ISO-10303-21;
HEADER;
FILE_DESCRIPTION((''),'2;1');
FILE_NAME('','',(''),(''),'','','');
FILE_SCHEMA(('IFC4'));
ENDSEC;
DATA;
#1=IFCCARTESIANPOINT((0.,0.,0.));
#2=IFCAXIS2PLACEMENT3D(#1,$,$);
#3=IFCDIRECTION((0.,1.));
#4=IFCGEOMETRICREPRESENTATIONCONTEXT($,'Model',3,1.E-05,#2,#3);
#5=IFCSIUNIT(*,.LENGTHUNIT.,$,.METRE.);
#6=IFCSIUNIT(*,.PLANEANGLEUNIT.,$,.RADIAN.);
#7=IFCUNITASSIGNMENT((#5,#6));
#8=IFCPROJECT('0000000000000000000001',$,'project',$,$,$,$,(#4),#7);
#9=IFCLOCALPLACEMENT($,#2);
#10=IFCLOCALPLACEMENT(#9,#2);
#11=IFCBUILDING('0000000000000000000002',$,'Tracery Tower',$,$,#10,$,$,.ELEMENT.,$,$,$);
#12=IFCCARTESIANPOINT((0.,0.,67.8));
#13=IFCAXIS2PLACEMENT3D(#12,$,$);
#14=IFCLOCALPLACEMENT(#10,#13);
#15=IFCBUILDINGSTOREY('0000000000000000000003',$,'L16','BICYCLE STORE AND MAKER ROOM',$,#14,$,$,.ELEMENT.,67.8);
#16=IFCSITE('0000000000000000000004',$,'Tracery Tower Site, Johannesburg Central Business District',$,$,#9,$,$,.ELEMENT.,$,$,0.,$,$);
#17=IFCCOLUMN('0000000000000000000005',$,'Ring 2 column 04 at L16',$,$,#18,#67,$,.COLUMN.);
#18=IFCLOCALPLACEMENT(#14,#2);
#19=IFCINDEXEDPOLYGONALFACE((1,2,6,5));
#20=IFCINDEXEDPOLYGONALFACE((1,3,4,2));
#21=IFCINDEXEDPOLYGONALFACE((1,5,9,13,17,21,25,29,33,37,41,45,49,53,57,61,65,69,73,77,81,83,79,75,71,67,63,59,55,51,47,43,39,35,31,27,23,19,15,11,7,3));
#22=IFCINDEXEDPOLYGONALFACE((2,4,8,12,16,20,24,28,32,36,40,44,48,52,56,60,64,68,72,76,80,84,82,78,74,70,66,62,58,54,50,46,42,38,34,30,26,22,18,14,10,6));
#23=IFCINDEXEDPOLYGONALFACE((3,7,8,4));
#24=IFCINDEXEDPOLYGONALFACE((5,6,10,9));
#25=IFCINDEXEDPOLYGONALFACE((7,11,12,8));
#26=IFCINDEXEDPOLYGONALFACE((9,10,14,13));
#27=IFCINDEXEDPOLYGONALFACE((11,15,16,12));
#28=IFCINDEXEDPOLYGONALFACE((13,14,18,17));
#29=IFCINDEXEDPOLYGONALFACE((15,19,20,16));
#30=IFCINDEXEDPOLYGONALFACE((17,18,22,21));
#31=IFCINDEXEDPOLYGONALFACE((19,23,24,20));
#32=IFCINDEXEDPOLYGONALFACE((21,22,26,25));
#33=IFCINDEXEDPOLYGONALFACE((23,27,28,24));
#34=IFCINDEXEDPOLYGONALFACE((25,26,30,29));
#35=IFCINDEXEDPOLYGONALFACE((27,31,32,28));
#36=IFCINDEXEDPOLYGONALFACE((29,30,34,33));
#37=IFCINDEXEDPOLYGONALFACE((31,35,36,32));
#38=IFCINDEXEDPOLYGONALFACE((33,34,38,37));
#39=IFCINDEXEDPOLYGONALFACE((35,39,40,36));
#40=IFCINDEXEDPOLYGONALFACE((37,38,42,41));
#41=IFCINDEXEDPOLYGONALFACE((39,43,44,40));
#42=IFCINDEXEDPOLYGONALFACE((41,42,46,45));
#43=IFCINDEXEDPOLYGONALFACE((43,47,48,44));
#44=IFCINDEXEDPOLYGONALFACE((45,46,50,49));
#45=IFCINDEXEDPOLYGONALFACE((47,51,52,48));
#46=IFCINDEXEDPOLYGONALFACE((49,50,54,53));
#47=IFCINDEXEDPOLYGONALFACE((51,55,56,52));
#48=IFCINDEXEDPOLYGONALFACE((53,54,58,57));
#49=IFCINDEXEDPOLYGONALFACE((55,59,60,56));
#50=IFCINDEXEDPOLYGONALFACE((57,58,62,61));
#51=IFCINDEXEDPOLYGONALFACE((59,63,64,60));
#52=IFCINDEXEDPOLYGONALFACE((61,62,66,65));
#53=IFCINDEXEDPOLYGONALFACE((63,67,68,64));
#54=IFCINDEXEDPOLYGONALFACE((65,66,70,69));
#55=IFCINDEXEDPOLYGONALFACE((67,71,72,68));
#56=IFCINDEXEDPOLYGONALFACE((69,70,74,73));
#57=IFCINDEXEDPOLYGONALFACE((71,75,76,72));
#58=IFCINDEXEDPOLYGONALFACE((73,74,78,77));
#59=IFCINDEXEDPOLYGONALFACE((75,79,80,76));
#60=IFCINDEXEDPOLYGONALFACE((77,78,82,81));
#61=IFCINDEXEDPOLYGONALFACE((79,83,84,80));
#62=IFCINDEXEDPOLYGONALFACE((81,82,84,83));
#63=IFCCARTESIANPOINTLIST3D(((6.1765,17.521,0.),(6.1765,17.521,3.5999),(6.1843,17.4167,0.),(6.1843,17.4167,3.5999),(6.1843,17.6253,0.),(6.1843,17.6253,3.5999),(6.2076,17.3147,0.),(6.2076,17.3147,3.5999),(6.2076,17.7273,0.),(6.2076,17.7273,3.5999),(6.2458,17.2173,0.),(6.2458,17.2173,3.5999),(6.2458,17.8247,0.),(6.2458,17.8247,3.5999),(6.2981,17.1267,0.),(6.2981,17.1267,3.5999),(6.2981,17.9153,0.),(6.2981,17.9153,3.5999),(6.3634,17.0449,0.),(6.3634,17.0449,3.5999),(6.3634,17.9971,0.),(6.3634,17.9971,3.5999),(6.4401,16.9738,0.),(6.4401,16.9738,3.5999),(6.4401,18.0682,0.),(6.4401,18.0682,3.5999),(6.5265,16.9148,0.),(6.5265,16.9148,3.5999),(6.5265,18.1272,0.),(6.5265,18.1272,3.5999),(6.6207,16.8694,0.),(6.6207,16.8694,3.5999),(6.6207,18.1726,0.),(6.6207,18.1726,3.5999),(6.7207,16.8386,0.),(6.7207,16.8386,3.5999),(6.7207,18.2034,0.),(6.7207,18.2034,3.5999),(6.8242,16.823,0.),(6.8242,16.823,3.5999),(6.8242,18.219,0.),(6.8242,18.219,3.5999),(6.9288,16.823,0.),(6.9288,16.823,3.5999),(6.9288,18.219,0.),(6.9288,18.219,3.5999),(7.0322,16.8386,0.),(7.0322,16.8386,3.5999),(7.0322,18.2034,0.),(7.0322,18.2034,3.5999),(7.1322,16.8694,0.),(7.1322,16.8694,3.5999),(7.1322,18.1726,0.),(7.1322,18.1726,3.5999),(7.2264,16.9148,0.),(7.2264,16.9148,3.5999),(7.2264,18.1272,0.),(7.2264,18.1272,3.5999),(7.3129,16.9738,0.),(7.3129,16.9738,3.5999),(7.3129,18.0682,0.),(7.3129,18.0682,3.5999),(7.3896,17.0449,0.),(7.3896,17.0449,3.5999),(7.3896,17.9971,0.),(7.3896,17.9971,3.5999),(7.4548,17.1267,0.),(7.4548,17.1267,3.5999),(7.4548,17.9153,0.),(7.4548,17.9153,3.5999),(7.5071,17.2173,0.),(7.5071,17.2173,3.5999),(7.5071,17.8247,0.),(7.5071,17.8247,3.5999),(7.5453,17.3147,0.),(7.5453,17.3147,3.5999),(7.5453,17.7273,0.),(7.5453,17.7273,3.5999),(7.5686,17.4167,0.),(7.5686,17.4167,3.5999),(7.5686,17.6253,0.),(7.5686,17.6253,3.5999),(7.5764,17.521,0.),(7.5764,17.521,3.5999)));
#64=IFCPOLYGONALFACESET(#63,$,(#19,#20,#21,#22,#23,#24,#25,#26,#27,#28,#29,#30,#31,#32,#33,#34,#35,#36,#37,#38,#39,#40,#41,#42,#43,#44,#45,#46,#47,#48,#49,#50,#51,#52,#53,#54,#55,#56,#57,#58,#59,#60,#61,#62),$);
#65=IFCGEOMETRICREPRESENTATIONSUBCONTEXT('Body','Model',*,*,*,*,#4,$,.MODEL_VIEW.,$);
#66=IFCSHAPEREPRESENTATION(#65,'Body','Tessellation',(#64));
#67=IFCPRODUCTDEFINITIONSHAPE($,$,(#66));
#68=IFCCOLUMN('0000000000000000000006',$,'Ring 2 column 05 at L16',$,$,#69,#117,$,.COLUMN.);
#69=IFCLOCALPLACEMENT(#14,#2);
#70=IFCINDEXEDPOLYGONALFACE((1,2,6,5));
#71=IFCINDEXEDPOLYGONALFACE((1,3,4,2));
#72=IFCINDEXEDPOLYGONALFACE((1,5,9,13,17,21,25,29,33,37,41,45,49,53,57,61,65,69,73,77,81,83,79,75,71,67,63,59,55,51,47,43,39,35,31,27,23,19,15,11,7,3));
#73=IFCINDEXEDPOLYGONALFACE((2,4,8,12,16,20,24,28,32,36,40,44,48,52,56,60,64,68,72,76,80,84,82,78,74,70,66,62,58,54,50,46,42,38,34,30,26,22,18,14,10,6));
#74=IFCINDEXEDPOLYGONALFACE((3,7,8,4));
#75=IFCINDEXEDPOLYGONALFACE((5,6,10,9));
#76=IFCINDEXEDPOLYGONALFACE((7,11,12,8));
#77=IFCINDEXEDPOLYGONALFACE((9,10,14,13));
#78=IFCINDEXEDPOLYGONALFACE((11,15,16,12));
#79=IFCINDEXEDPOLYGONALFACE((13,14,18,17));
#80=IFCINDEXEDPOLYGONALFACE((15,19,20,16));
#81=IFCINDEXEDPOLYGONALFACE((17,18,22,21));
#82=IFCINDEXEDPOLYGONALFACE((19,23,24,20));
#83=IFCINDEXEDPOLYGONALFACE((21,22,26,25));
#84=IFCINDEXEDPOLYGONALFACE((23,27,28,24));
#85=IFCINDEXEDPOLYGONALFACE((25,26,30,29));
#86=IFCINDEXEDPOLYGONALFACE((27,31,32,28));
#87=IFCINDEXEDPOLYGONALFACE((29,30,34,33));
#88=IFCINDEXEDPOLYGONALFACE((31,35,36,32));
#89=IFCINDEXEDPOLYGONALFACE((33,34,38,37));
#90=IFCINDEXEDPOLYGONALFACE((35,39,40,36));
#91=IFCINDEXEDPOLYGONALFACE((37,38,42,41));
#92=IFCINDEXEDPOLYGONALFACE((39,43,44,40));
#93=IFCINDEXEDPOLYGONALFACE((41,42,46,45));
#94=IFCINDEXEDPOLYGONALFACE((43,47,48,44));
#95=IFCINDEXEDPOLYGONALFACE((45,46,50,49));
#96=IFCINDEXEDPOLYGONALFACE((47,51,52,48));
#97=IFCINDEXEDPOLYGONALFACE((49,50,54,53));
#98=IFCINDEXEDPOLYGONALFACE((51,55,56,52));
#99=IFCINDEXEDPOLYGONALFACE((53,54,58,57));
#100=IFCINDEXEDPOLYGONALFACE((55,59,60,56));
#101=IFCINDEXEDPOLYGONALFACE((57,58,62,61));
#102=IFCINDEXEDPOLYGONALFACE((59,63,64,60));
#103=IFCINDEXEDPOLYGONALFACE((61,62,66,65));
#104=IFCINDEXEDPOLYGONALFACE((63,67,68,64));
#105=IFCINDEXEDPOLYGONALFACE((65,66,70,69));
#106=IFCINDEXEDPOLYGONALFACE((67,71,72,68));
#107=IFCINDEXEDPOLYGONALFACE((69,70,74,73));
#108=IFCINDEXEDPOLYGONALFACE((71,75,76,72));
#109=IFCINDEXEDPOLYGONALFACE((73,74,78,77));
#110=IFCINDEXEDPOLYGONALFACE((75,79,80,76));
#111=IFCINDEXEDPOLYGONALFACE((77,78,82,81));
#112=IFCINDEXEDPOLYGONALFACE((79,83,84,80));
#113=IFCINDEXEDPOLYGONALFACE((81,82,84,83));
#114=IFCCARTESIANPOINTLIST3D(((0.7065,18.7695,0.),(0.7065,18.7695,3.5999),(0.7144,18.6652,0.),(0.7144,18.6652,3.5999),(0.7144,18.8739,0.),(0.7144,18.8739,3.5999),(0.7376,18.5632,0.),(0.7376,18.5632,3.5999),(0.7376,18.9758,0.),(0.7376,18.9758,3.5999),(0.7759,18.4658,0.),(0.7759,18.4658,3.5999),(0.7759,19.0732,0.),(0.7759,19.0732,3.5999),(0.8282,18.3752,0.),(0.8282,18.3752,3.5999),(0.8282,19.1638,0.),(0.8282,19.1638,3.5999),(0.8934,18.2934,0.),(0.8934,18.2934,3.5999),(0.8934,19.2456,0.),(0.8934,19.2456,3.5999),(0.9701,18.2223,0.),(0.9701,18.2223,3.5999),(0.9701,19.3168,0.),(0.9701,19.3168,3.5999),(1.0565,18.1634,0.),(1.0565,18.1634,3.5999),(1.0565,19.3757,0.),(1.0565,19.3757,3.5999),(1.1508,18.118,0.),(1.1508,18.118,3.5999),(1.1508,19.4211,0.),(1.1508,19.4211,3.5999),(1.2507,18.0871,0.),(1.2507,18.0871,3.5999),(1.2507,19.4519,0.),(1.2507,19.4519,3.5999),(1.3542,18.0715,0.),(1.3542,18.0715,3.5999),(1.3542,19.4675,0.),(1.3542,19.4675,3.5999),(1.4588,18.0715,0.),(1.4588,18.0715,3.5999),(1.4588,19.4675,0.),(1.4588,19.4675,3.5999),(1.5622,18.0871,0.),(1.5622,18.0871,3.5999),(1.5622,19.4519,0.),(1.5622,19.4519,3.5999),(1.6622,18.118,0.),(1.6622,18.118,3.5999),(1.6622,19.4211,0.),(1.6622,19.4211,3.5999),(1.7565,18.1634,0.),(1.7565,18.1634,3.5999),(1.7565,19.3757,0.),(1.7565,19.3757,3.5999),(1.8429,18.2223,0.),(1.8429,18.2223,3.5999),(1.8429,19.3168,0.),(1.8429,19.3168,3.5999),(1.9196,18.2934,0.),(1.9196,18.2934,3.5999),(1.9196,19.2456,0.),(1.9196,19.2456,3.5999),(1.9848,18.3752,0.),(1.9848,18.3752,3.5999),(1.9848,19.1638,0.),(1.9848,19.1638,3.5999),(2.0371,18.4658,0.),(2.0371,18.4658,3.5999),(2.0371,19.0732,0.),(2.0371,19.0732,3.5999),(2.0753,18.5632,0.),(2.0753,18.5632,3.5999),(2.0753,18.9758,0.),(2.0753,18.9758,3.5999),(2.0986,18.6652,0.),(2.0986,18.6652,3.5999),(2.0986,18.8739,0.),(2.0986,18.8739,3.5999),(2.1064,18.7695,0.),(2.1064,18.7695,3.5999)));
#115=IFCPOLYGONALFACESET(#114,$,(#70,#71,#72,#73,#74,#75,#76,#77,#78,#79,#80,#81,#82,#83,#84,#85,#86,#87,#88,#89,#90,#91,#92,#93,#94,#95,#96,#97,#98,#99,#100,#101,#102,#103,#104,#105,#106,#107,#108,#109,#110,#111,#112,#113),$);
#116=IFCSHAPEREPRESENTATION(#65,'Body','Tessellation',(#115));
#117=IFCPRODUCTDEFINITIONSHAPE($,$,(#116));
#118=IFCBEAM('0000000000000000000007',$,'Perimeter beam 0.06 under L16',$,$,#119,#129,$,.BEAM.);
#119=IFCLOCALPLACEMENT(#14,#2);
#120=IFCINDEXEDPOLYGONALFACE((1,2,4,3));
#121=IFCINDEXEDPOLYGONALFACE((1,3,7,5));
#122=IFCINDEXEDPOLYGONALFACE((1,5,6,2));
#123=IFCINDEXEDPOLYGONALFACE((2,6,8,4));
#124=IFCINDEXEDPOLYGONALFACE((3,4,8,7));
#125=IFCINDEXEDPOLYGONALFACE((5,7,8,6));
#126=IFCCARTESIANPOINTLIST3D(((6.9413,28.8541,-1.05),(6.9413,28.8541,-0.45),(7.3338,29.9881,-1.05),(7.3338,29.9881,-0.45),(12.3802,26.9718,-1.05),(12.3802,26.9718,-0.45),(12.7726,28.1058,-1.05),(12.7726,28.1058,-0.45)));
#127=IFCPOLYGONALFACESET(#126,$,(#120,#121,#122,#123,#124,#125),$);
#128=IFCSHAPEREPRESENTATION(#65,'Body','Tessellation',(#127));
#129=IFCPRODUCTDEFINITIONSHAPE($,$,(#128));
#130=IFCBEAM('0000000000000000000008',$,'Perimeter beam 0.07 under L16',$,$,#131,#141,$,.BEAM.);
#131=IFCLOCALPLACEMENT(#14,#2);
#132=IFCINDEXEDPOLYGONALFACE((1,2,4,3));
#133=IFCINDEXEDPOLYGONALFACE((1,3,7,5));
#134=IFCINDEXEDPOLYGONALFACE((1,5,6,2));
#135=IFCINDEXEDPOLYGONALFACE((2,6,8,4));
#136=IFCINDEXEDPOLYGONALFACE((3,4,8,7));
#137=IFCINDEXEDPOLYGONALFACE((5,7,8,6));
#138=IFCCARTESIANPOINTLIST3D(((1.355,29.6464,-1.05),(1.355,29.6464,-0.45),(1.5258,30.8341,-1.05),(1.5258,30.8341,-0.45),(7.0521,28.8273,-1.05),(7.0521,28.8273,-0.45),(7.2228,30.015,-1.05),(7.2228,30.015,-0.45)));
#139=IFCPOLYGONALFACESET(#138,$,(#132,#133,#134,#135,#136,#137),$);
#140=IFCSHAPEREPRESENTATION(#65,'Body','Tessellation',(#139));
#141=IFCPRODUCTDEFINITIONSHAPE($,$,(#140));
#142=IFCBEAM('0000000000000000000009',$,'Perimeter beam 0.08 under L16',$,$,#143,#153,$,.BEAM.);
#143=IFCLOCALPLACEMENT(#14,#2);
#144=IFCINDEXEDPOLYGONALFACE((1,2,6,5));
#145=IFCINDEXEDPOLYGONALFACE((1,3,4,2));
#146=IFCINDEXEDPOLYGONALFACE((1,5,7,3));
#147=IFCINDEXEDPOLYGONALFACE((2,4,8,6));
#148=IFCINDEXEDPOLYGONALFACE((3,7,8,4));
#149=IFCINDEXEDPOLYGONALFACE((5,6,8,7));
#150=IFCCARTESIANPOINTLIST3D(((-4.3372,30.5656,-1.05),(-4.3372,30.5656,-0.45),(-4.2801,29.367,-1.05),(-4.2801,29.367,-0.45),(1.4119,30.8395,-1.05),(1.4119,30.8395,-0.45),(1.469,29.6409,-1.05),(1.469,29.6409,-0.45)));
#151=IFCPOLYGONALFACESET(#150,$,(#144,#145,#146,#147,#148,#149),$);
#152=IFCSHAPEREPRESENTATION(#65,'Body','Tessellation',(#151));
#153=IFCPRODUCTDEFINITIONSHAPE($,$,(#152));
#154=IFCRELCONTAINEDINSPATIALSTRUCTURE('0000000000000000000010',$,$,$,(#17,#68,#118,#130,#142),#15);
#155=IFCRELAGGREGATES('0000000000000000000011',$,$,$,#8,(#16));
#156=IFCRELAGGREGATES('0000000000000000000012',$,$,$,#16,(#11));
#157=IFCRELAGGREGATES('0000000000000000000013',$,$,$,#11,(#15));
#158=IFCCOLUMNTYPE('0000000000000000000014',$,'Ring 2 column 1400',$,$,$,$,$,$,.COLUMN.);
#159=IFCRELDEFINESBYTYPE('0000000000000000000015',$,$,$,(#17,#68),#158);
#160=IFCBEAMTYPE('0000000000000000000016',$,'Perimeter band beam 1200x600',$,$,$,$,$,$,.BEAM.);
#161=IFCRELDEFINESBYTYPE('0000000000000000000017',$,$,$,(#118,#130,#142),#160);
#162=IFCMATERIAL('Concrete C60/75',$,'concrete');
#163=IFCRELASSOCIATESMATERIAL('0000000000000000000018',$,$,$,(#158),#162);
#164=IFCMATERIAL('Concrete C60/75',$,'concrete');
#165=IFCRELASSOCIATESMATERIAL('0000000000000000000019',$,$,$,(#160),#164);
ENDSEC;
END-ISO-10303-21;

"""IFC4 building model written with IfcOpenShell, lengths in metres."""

from ifc_helpers import new_model, si_unit, direction, frame, origin, origin_2d, place, context, subcontext, project, spatial, rectangle, circle, extrude, material, material_profile, profile_set, type_object, element, save


model = new_model("IFC4")

# Units and contexts
model_context = context("Model", 3, precision=1e-05, world=origin(), true_north=direction((0.0, 1.0)))
body_context = subcontext(model_context, "Body", "Model", "MODEL_VIEW")
ifc_project = project(units=[si_unit("LENGTHUNIT", "METRE"), si_unit("PLANEANGLEUNIT", "RADIAN")], contexts=[model_context])

# Site, building, storey
site_placement = place(None, origin())
site = spatial("IfcSite", under=ifc_project, at=site_placement, Name="Tracery Tower Site, Johannesburg Central Business District", CompositionType="ELEMENT", RefElevation=0.0)
building_placement = place(site_placement, origin())
building = spatial("IfcBuilding", under=site, at=building_placement, Name="Tracery Tower", CompositionType="ELEMENT")
storey_placement = place(building_placement, frame((0.0, 0.0, 67.8)))
storey = spatial("IfcBuildingStorey", under=building, at=storey_placement, Name="L16", Description="BICYCLE STORE AND MAKER ROOM", CompositionType="ELEMENT", Elevation=67.8)

# Columns
ifc_material_1 = material(Name="Concrete C60/75", Category="concrete")
ifc_material_profile_1 = material_profile(ifc_material_1, circle(Radius=0.7, at=origin_2d()), Name="RC D1400")
ifc_profile_set_1 = profile_set([ifc_material_profile_1], Name="Concrete C60/75")
column_type_1 = type_object("IfcColumnType", Name="Ring 2 column 1400", PredefinedType="COLUMN", material=ifc_profile_set_1)
for number, where, z_axis, x_axis, name in (
    (1, (6.8765, 17.521, 0.0), (0.0, 0.0, 1.0), (1.0, 0.0, 0.0), "Ring 2 column 04 at L16"),
    (2, (1.4065, 18.7695, 0.0), (0.0, 0.0, 1.0), (1.0, 0.0, 0.0), "Ring 2 column 05 at L16"),
):
    element("IfcColumn", number, at=place(storey_placement, frame(where, z_axis=z_axis, x_axis=x_axis)), inside=storey, type_object=column_type_1, Name=name, PredefinedType="COLUMN", context=body_context, shape_type="SweptSolid", body=[
        extrude(circle(Radius=0.7, at=origin_2d()), origin(), (0.0, 0.0, 1.0), 3.5999),
    ])

# Beams
ifc_material_2 = material(Name="Concrete C60/75", Category="concrete")
ifc_material_profile_2 = material_profile(ifc_material_2, rectangle(XDim=1.2, YDim=0.6001, at=origin_2d()), Name="RC 1200x600")
ifc_profile_set_2 = profile_set([ifc_material_profile_2], Name="Concrete C60/75")
beam_type = type_object("IfcBeamType", Name="Perimeter band beam 1200x600", PredefinedType="BEAM", material=ifc_profile_set_2)
beam_placement = place(storey_placement, frame((12.5764, 27.5388, -0.75), z_axis=(-0.945007, 0.327049, 0.0), x_axis=(-0.327049, -0.945007, 0.0)))
element("IfcBeam", 3, at=beam_placement, inside=storey, type_object=beam_type, Name="Perimeter beam 0.06 under L16", PredefinedType="BEAM", context=body_context, shape_type="SweptSolid", body=[
    extrude(rectangle(XDim=1.2, YDim=0.6001, at=origin_2d()), origin(), (0.0, 0.0, 1.0), 5.7554),
])
for number, where, z_axis, x_axis, name in (
    (4, (7.1375, 29.4211, -0.75), (-0.989822, 0.142312, 0.0), (-0.142312, -0.989822, 0.0), "Perimeter beam 0.07 under L16"),
    (5, (1.4404, 30.2402, -0.75), (-0.998867, -0.047593, 0.0), (0.047593, -0.998867, 0.0), "Perimeter beam 0.08 under L16"),
):
    element("IfcBeam", number, at=place(storey_placement, frame(where, z_axis=z_axis, x_axis=x_axis)), inside=storey, type_object=beam_type, Name=name, PredefinedType="BEAM", context=body_context, shape_type="SweptSolid", body=[
        extrude(rectangle(XDim=1.2, YDim=0.6001, at=origin_2d()), origin(), (0.0, 0.0, 1.0), 5.7556),
    ])

save(model, "model.ifc")
